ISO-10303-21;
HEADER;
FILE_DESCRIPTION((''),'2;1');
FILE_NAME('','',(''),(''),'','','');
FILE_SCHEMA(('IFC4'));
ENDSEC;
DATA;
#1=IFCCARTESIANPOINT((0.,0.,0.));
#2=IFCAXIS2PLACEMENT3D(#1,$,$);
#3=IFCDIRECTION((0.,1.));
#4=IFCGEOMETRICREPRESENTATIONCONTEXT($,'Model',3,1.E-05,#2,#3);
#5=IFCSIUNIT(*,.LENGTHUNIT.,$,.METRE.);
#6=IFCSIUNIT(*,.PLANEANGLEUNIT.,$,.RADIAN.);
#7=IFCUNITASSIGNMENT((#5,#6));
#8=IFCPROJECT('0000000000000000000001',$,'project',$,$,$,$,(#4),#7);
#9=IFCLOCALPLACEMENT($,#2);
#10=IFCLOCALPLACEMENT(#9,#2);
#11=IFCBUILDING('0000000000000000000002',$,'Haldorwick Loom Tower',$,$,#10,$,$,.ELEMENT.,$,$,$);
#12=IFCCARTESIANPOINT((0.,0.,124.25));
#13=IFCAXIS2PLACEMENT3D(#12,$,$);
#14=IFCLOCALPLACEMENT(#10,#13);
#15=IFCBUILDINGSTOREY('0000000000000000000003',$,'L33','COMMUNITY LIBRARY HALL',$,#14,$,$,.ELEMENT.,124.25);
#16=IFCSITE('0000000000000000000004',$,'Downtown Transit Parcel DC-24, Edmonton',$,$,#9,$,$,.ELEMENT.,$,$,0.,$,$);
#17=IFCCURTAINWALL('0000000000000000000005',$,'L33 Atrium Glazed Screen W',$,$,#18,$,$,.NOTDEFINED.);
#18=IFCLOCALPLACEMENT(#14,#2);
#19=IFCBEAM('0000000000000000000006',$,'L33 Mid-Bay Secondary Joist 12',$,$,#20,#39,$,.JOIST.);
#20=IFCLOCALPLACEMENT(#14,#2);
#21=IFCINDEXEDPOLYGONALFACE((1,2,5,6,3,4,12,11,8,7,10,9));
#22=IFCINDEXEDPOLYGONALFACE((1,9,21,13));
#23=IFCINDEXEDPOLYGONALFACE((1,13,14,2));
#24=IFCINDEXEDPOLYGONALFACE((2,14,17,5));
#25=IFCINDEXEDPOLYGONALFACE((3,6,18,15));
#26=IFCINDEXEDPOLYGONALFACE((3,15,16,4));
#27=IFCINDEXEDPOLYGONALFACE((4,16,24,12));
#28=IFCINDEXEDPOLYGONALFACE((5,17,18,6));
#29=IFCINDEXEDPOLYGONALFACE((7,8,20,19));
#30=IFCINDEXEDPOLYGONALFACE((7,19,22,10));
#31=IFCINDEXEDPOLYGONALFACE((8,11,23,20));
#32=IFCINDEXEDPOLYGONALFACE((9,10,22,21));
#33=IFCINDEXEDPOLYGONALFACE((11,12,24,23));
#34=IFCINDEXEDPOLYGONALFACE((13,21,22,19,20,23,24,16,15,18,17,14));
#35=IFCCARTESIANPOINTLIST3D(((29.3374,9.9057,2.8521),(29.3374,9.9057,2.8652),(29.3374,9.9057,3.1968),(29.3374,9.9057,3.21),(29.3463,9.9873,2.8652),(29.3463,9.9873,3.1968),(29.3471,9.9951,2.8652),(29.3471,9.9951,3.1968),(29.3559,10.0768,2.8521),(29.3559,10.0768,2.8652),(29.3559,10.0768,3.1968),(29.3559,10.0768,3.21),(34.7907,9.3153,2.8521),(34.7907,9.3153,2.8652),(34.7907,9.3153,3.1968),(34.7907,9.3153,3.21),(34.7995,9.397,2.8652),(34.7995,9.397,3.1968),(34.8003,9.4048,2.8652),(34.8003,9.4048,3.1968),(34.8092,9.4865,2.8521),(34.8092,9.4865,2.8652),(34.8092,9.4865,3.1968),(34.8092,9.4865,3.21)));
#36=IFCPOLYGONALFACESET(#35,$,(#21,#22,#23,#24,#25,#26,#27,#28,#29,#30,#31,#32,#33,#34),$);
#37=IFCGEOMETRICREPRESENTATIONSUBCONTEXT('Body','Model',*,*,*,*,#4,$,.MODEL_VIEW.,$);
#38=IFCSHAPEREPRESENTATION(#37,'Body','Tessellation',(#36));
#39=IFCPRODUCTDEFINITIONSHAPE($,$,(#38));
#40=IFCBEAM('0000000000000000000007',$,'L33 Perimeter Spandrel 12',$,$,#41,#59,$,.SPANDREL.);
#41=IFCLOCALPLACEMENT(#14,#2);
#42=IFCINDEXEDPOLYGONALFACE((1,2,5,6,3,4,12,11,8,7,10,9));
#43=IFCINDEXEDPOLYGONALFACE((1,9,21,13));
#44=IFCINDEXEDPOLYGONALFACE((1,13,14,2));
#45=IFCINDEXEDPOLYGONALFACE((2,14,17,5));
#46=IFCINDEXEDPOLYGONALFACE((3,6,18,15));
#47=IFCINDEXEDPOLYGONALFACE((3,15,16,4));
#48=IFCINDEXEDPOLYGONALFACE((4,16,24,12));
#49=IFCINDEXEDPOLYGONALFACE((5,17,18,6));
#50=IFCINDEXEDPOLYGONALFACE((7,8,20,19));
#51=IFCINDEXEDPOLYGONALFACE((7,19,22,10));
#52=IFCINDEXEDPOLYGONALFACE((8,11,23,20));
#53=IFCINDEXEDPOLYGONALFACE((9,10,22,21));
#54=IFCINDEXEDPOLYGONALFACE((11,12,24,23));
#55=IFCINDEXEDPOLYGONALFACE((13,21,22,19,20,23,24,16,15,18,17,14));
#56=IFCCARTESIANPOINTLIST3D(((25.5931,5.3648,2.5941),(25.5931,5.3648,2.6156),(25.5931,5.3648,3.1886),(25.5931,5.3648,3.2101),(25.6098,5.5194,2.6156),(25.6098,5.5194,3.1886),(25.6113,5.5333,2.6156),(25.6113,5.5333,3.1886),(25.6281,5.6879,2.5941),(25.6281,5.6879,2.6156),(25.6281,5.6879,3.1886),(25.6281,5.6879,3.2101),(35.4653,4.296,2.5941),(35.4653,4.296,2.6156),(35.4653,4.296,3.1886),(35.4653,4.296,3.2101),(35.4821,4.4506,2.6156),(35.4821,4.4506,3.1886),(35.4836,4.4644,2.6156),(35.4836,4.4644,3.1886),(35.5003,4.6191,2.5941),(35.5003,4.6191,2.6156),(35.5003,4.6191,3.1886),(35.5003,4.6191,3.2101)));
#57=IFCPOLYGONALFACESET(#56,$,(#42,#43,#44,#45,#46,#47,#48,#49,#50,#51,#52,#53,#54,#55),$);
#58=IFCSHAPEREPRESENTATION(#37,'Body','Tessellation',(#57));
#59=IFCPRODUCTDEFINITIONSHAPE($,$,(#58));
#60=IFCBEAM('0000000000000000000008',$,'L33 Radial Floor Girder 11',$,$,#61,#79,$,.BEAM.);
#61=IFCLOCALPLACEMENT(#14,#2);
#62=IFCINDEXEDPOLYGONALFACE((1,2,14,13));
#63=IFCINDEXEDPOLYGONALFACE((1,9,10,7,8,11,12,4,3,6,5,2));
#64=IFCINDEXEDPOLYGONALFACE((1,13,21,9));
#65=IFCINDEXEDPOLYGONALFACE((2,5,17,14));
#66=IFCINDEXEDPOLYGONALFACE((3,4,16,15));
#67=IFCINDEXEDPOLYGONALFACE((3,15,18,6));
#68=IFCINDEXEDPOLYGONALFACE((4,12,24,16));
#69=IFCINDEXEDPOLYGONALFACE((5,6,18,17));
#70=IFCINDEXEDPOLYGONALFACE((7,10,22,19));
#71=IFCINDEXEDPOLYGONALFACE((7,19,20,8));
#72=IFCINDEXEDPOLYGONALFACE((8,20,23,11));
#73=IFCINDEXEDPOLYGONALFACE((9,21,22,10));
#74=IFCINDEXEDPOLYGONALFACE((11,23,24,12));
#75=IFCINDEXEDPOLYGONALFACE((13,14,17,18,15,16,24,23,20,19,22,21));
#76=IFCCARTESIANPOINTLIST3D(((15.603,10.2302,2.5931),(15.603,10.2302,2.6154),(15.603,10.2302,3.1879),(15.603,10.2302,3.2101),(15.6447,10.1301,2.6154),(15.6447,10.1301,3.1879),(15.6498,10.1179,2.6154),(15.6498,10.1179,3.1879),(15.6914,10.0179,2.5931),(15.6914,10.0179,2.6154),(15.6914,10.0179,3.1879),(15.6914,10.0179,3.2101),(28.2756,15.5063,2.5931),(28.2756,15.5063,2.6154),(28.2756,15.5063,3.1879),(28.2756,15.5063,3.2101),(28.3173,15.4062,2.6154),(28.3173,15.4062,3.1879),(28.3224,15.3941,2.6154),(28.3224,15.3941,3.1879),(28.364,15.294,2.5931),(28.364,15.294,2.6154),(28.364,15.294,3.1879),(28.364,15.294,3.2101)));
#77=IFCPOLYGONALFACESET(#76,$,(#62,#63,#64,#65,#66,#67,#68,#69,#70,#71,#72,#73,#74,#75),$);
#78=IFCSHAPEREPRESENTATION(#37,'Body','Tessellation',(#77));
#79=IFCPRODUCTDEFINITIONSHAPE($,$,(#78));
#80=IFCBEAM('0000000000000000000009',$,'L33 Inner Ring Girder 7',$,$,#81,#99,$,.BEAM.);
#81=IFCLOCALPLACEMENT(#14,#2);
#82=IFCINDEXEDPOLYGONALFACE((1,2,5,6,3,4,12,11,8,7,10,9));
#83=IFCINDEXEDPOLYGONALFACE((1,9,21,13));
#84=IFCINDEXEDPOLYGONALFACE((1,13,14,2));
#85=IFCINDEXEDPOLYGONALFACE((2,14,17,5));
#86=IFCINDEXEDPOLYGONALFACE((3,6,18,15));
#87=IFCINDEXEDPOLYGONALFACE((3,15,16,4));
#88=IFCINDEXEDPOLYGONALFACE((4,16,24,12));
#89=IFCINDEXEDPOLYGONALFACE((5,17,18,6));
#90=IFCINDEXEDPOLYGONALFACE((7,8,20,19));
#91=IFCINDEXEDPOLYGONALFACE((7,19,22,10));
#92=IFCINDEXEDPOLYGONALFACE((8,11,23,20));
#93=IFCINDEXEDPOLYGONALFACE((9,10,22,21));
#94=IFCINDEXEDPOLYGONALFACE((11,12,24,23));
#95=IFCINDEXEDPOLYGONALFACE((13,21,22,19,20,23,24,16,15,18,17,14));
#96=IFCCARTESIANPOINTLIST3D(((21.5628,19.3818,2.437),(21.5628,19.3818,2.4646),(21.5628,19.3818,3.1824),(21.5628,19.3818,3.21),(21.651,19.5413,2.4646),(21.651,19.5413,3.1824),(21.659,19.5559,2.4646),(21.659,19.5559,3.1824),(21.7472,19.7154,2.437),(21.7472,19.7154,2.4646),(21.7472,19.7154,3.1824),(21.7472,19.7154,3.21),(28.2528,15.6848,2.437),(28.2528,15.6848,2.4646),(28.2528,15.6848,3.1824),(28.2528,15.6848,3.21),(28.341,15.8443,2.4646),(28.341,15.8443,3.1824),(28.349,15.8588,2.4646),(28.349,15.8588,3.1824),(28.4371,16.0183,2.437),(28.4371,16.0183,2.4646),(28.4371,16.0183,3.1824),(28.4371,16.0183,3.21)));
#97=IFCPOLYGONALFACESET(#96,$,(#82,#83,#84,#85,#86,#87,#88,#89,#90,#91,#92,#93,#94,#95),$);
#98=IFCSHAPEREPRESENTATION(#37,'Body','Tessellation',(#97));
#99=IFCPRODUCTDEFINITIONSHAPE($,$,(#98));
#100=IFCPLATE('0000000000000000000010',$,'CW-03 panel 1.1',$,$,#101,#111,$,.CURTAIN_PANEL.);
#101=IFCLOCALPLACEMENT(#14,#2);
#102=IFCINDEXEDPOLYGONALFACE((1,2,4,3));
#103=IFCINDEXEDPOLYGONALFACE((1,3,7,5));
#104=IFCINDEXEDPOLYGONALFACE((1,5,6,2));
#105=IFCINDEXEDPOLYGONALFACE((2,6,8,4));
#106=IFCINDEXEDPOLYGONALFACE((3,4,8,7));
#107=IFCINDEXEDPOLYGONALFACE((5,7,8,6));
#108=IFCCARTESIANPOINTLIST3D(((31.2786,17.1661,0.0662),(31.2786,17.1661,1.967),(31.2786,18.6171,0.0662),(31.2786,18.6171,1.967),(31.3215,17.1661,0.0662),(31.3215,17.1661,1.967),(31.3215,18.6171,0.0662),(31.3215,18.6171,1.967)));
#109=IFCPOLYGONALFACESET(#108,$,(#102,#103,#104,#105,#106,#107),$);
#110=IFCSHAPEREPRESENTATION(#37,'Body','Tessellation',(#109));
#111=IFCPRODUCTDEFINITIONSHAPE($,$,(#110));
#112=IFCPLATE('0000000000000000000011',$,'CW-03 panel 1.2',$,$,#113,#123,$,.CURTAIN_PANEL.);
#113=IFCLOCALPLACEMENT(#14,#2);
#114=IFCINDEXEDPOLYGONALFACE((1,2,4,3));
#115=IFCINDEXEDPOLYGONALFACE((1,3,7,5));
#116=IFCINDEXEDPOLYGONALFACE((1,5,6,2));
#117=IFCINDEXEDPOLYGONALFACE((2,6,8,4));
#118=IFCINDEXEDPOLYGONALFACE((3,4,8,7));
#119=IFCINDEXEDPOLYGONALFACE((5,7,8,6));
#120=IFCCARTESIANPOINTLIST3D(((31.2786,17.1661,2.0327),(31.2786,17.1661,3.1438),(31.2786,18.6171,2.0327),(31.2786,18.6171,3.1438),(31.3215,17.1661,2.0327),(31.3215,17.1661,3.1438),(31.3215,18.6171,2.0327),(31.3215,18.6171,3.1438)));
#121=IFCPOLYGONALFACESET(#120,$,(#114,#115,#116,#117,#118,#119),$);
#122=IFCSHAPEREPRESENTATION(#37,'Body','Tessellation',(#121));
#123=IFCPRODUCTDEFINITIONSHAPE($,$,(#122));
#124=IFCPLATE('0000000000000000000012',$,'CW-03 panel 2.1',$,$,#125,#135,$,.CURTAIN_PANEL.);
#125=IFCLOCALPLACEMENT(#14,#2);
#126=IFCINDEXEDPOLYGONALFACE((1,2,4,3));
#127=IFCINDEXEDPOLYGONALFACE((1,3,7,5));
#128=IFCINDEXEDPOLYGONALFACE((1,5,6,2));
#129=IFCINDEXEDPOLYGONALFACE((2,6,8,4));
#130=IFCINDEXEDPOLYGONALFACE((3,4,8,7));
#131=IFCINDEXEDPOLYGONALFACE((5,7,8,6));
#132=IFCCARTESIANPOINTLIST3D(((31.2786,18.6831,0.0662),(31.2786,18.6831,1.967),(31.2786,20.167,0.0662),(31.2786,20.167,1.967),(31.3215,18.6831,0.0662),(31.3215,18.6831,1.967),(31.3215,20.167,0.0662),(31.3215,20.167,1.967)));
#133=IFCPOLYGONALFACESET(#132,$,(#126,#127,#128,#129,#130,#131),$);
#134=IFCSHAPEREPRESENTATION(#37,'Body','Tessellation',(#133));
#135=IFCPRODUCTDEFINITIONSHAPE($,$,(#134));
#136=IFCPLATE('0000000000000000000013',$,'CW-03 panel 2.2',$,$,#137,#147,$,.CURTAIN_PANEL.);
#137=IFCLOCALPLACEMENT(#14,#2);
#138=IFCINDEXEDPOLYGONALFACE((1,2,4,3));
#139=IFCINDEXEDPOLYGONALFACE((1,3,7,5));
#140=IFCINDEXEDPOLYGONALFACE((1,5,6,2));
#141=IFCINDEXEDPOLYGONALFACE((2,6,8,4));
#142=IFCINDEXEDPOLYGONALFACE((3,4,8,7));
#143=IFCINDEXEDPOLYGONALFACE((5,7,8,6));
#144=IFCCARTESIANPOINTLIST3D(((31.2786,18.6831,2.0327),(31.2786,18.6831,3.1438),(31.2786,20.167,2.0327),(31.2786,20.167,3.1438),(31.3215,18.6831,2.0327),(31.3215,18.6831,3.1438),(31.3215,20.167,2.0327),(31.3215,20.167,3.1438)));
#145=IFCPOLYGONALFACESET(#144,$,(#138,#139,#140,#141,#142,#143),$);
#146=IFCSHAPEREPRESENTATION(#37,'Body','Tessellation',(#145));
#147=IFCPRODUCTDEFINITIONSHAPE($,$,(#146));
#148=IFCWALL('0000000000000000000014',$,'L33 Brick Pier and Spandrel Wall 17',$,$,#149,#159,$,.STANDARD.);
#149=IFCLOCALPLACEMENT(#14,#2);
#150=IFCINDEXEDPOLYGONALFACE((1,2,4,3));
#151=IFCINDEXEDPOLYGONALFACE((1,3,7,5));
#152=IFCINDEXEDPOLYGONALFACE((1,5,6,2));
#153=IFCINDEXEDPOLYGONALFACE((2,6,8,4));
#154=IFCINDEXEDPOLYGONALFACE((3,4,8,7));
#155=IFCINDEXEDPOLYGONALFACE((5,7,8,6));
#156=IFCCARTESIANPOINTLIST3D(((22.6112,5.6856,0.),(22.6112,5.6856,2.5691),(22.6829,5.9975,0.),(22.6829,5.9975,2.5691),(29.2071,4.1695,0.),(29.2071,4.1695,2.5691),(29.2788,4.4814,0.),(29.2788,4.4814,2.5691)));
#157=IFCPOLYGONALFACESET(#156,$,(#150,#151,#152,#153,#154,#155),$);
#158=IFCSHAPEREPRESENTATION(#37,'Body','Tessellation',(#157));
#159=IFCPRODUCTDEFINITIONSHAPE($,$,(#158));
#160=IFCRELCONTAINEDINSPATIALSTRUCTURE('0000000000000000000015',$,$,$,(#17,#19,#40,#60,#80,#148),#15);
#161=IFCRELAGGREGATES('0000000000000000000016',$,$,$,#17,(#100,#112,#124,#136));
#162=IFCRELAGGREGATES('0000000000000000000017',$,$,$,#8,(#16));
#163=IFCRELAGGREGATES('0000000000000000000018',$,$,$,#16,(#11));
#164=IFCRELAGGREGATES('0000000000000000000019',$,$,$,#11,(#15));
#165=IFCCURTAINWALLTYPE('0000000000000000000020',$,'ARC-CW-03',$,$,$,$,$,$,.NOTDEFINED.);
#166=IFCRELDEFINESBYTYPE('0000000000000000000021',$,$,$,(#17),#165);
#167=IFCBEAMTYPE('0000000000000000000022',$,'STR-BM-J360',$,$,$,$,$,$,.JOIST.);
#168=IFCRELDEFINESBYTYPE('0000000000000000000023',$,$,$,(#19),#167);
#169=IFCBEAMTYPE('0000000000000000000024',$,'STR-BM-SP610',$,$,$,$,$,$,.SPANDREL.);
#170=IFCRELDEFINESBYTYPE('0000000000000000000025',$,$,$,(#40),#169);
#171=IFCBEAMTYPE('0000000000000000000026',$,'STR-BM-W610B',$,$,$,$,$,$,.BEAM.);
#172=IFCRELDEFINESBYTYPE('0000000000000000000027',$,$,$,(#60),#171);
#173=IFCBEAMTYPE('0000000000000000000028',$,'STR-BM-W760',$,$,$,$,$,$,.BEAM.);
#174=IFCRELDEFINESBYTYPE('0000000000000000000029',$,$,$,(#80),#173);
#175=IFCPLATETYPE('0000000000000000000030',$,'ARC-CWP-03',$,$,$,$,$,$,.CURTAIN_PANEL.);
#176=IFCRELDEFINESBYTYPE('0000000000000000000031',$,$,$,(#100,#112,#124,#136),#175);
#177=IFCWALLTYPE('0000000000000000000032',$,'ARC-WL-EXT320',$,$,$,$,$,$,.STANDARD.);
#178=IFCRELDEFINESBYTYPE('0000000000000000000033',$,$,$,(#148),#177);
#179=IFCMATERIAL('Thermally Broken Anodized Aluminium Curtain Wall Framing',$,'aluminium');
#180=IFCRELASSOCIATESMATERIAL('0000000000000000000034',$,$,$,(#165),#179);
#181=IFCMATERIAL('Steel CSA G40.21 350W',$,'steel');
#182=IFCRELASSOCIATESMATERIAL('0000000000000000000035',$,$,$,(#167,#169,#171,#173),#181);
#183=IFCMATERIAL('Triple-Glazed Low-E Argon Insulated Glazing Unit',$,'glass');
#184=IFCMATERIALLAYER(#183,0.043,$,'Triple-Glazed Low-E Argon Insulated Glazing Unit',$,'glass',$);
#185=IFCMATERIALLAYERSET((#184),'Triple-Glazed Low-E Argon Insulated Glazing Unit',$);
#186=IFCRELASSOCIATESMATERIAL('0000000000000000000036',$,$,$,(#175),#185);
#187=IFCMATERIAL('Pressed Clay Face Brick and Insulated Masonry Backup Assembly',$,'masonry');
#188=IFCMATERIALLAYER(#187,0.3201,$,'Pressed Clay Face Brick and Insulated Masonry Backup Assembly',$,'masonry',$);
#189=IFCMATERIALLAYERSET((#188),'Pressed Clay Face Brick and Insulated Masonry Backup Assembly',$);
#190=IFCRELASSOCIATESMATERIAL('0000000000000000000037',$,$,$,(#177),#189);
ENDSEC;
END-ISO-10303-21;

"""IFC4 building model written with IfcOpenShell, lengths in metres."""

from ifc_helpers import new_model, si_unit, direction, frame, frame_2d, origin, origin_2d, place, context, subcontext, project, spatial, rectangle, i_section, extrude, material, layer, layer_set, material_profile, profile_set, type_object, element, aggregate, save


model = new_model("IFC4")

# Units and contexts
model_context = context("Model", 3, precision=1e-05, world=origin(), true_north=direction((0.0, 1.0)))
body_context = subcontext(model_context, "Body", "Model", "MODEL_VIEW")
ifc_project = project(units=[si_unit("LENGTHUNIT", "METRE"), si_unit("PLANEANGLEUNIT", "RADIAN")], contexts=[model_context])

# Site, building, storey
site_placement = place(None, origin())
site = spatial("IfcSite", under=ifc_project, at=site_placement, Name="Downtown Transit Parcel DC-24, Edmonton", CompositionType="ELEMENT", RefElevation=0.0)
building_placement = place(site_placement, origin())
building = spatial("IfcBuilding", under=site, at=building_placement, Name="Haldorwick Loom Tower", CompositionType="ELEMENT")
storey_placement = place(building_placement, frame((0.0, 0.0, 124.25)))
storey = spatial("IfcBuildingStorey", under=building, at=storey_placement, Name="L33", Description="COMMUNITY LIBRARY HALL", CompositionType="ELEMENT", Elevation=124.25)

# Curtain wall
ifc_material_1 = material(Name="Thermally Broken Anodized Aluminium Curtain Wall Framing", Category="aluminium")
curtain_wall_type = type_object("IfcCurtainWallType", Name="ARC-CW-03", PredefinedType="NOTDEFINED", material=ifc_material_1)
curtain_wall_placement = place(storey_placement, origin())
curtain_wall = element("IfcCurtainWall", 1, at=curtain_wall_placement, inside=storey, type_object=curtain_wall_type, Name="L33 Atrium Glazed Screen W", PredefinedType="NOTDEFINED")

# Beams
ifc_material_2 = material(Name="Steel CSA G40.21 350W", Category="steel")
ifc_material_profile_1 = material_profile(ifc_material_2, i_section(OverallWidth=0.1721, OverallDepth=0.3579, WebThickness=0.0078, FlangeThickness=0.0132, at=origin_2d()), Name="W360X57", Category="steel")
ifc_profile_set_1 = profile_set([ifc_material_profile_1], Name="Steel CSA G40.21 350W")
beam_type_1 = type_object("IfcBeamType", Name="STR-BM-J360", PredefinedType="JOIST", material=ifc_profile_set_1)
beam_1_placement = place(storey_placement, frame((29.3467, 9.9912, 3.031), z_axis=(0.994192, -0.107622, 0.0), x_axis=(0.107622, 0.994192, 0.0)))
element("IfcBeam", 2, at=beam_1_placement, inside=storey, type_object=beam_type_1, Name="L33 Mid-Bay Secondary Joist 12", PredefinedType="JOIST", context=body_context, shape_type="SweptSolid", body=[
    extrude(i_section(OverallWidth=0.1721, OverallDepth=0.3579, WebThickness=0.0078, FlangeThickness=0.0132, at=origin_2d()), origin(), (0.0, 0.0, 1.0), 5.4851),
])
ifc_material_profile_2 = material_profile(ifc_material_2, i_section(OverallWidth=0.325, OverallDepth=0.616, WebThickness=0.0139, FlangeThickness=0.0215, at=origin_2d()), Name="W610X174", Category="steel")
ifc_profile_set_2 = profile_set([ifc_material_profile_2], Name="Steel CSA G40.21 350W")
beam_type_2 = type_object("IfcBeamType", Name="STR-BM-SP610", PredefinedType="SPANDREL", material=ifc_profile_set_2)
beam_2_placement = place(storey_placement, frame((25.6106, 5.5264, 2.9021), z_axis=(0.99419, -0.107638, 0.0), x_axis=(0.107638, 0.99419, 0.0)))
element("IfcBeam", 3, at=beam_2_placement, inside=storey, type_object=beam_type_2, Name="L33 Perimeter Spandrel 12", PredefinedType="SPANDREL", context=body_context, shape_type="SweptSolid", body=[
    extrude(i_section(OverallWidth=0.325, OverallDepth=0.616, WebThickness=0.0139, FlangeThickness=0.0215, at=origin_2d()), origin(), (0.0, 0.0, 1.0), 9.9299),
])
ifc_material_profile_3 = material_profile(ifc_material_2, i_section(OverallWidth=0.23, OverallDepth=0.6169, WebThickness=0.0132, FlangeThickness=0.0222, at=origin_2d()), Name="W610X140", Category="steel")
ifc_profile_set_3 = profile_set([ifc_material_profile_3], Name="Steel CSA G40.21 350W")
beam_type_3 = type_object("IfcBeamType", Name="STR-BM-W610B", PredefinedType="BEAM", material=ifc_profile_set_3)
beam_3_placement = place(storey_placement, frame((28.3198, 15.4001, 2.9016), z_axis=(-0.923184, -0.384359, 0.0), x_axis=(0.384359, -0.923184, 0.0)))
element("IfcBeam", 4, at=beam_3_placement, inside=storey, type_object=beam_type_3, Name="L33 Radial Floor Girder 11", PredefinedType="BEAM", context=body_context, shape_type="SweptSolid", body=[
    extrude(i_section(OverallWidth=0.23, OverallDepth=0.6169, WebThickness=0.0132, FlangeThickness=0.0222, at=origin_2d()), origin(), (0.0, 0.0, 1.0), 13.7271),
])
ifc_material_profile_4 = material_profile(ifc_material_2, i_section(OverallWidth=0.3811, OverallDepth=0.7729, WebThickness=0.0166, FlangeThickness=0.0276, at=origin_2d()), Name="W760X257", Category="steel")
ifc_profile_set_4 = profile_set([ifc_material_profile_4], Name="Steel CSA G40.21 350W")
beam_type_4 = type_object("IfcBeamType", Name="STR-BM-W760", PredefinedType="BEAM", material=ifc_profile_set_4)
beam_4_placement = place(storey_placement, frame((28.345, 15.8516, 2.8235), z_axis=(-0.875244, 0.483681, 0.0), x_axis=(-0.483681, -0.875244, 0.0)))
element("IfcBeam", 5, at=beam_4_placement, inside=storey, type_object=beam_type_4, Name="L33 Inner Ring Girder 7", PredefinedType="BEAM", context=body_context, shape_type="SweptSolid", body=[
    extrude(i_section(OverallWidth=0.3811, OverallDepth=0.7729, WebThickness=0.0166, FlangeThickness=0.0276, at=origin_2d()), origin(), (0.0, 0.0, 1.0), 7.6436),
])

# Plates
ifc_material_3 = material(Name="Triple-Glazed Low-E Argon Insulated Glazing Unit", Category="glass")
ifc_layer_1 = layer(ifc_material_3, 0.043, Name="Triple-Glazed Low-E Argon Insulated Glazing Unit", Category="glass")
ifc_layer_set_1 = layer_set([ifc_layer_1], Name="Triple-Glazed Low-E Argon Insulated Glazing Unit")
plate_type = type_object("IfcPlateType", Name="ARC-CWP-03", PredefinedType="CURTAIN_PANEL", material=ifc_layer_set_1)
plate_1_placement = place(storey_placement, frame((31.3, 17.8916, 0.0662), z_axis=(0.0, 0.0, 1.0), x_axis=(0.0, 1.0, 0.0)))
plate_1 = element("IfcPlate", 6, at=plate_1_placement, type_object=plate_type, Name="CW-03 panel 1.1", PredefinedType="CURTAIN_PANEL", context=body_context, shape_type="SweptSolid", body=[
    extrude(rectangle(XDim=1.4509, YDim=0.043, at=origin_2d()), origin(), (0.0, 0.0, 1.0), 1.9009),
])
plate_2_placement = place(storey_placement, frame((31.3, 17.8916, 2.0327), z_axis=(0.0, 0.0, 1.0), x_axis=(0.0, 1.0, 0.0)))
plate_2 = element("IfcPlate", 7, at=plate_2_placement, type_object=plate_type, Name="CW-03 panel 1.2", PredefinedType="CURTAIN_PANEL", context=body_context, shape_type="SweptSolid", body=[
    extrude(rectangle(XDim=1.4509, YDim=0.043, at=origin_2d()), origin(), (0.0, 0.0, 1.0), 1.1111),
])
plate_3_placement = place(storey_placement, frame((31.3, 19.425, 0.0662), z_axis=(0.0, 0.0, 1.0), x_axis=(0.0, 1.0, 0.0)))
plate_3 = element("IfcPlate", 8, at=plate_3_placement, type_object=plate_type, Name="CW-03 panel 2.1", PredefinedType="CURTAIN_PANEL", context=body_context, shape_type="SweptSolid", body=[
    extrude(rectangle(XDim=1.4839, YDim=0.043, at=origin_2d()), origin(), (0.0, 0.0, 1.0), 1.9009),
])
plate_4_placement = place(storey_placement, frame((31.3, 19.425, 2.0327), z_axis=(0.0, 0.0, 1.0), x_axis=(0.0, 1.0, 0.0)))
plate_4 = element("IfcPlate", 9, at=plate_4_placement, type_object=plate_type, Name="CW-03 panel 2.2", PredefinedType="CURTAIN_PANEL", context=body_context, shape_type="SweptSolid", body=[
    extrude(rectangle(XDim=1.4839, YDim=0.043, at=origin_2d()), origin(), (0.0, 0.0, 1.0), 1.1111),
])
aggregate(curtain_wall, [plate_1, plate_2, plate_3, plate_4])

# Wall
ifc_material_4 = material(Name="Pressed Clay Face Brick and Insulated Masonry Backup Assembly", Category="masonry")
ifc_layer_2 = layer(ifc_material_4, 0.3201, Name="Pressed Clay Face Brick and Insulated Masonry Backup Assembly", Category="masonry")
ifc_layer_set_2 = layer_set([ifc_layer_2], Name="Pressed Clay Face Brick and Insulated Masonry Backup Assembly")
wall_type_1 = type_object("IfcWallType", Name="ARC-WL-EXT320", PredefinedType="STANDARD", material=ifc_layer_set_2)
wall_1_placement = place(storey_placement, frame((22.6472, 5.8416, 0.0), z_axis=(0.0, 0.0, 1.0), x_axis=(0.974584, -0.224022, 0.0)))
element("IfcWall", 10, at=wall_1_placement, inside=storey, type_object=wall_type_1, Name="L33 Brick Pier and Spandrel Wall 17", PredefinedType="STANDARD", context=body_context, shape_type="SweptSolid", body=[
    extrude(rectangle(XDim=6.7678, YDim=0.3201, at=frame_2d((3.3838, 0.0))), origin(), (0.0, 0.0, 1.0), 2.5691),
])

save(model, "model.ifc")
